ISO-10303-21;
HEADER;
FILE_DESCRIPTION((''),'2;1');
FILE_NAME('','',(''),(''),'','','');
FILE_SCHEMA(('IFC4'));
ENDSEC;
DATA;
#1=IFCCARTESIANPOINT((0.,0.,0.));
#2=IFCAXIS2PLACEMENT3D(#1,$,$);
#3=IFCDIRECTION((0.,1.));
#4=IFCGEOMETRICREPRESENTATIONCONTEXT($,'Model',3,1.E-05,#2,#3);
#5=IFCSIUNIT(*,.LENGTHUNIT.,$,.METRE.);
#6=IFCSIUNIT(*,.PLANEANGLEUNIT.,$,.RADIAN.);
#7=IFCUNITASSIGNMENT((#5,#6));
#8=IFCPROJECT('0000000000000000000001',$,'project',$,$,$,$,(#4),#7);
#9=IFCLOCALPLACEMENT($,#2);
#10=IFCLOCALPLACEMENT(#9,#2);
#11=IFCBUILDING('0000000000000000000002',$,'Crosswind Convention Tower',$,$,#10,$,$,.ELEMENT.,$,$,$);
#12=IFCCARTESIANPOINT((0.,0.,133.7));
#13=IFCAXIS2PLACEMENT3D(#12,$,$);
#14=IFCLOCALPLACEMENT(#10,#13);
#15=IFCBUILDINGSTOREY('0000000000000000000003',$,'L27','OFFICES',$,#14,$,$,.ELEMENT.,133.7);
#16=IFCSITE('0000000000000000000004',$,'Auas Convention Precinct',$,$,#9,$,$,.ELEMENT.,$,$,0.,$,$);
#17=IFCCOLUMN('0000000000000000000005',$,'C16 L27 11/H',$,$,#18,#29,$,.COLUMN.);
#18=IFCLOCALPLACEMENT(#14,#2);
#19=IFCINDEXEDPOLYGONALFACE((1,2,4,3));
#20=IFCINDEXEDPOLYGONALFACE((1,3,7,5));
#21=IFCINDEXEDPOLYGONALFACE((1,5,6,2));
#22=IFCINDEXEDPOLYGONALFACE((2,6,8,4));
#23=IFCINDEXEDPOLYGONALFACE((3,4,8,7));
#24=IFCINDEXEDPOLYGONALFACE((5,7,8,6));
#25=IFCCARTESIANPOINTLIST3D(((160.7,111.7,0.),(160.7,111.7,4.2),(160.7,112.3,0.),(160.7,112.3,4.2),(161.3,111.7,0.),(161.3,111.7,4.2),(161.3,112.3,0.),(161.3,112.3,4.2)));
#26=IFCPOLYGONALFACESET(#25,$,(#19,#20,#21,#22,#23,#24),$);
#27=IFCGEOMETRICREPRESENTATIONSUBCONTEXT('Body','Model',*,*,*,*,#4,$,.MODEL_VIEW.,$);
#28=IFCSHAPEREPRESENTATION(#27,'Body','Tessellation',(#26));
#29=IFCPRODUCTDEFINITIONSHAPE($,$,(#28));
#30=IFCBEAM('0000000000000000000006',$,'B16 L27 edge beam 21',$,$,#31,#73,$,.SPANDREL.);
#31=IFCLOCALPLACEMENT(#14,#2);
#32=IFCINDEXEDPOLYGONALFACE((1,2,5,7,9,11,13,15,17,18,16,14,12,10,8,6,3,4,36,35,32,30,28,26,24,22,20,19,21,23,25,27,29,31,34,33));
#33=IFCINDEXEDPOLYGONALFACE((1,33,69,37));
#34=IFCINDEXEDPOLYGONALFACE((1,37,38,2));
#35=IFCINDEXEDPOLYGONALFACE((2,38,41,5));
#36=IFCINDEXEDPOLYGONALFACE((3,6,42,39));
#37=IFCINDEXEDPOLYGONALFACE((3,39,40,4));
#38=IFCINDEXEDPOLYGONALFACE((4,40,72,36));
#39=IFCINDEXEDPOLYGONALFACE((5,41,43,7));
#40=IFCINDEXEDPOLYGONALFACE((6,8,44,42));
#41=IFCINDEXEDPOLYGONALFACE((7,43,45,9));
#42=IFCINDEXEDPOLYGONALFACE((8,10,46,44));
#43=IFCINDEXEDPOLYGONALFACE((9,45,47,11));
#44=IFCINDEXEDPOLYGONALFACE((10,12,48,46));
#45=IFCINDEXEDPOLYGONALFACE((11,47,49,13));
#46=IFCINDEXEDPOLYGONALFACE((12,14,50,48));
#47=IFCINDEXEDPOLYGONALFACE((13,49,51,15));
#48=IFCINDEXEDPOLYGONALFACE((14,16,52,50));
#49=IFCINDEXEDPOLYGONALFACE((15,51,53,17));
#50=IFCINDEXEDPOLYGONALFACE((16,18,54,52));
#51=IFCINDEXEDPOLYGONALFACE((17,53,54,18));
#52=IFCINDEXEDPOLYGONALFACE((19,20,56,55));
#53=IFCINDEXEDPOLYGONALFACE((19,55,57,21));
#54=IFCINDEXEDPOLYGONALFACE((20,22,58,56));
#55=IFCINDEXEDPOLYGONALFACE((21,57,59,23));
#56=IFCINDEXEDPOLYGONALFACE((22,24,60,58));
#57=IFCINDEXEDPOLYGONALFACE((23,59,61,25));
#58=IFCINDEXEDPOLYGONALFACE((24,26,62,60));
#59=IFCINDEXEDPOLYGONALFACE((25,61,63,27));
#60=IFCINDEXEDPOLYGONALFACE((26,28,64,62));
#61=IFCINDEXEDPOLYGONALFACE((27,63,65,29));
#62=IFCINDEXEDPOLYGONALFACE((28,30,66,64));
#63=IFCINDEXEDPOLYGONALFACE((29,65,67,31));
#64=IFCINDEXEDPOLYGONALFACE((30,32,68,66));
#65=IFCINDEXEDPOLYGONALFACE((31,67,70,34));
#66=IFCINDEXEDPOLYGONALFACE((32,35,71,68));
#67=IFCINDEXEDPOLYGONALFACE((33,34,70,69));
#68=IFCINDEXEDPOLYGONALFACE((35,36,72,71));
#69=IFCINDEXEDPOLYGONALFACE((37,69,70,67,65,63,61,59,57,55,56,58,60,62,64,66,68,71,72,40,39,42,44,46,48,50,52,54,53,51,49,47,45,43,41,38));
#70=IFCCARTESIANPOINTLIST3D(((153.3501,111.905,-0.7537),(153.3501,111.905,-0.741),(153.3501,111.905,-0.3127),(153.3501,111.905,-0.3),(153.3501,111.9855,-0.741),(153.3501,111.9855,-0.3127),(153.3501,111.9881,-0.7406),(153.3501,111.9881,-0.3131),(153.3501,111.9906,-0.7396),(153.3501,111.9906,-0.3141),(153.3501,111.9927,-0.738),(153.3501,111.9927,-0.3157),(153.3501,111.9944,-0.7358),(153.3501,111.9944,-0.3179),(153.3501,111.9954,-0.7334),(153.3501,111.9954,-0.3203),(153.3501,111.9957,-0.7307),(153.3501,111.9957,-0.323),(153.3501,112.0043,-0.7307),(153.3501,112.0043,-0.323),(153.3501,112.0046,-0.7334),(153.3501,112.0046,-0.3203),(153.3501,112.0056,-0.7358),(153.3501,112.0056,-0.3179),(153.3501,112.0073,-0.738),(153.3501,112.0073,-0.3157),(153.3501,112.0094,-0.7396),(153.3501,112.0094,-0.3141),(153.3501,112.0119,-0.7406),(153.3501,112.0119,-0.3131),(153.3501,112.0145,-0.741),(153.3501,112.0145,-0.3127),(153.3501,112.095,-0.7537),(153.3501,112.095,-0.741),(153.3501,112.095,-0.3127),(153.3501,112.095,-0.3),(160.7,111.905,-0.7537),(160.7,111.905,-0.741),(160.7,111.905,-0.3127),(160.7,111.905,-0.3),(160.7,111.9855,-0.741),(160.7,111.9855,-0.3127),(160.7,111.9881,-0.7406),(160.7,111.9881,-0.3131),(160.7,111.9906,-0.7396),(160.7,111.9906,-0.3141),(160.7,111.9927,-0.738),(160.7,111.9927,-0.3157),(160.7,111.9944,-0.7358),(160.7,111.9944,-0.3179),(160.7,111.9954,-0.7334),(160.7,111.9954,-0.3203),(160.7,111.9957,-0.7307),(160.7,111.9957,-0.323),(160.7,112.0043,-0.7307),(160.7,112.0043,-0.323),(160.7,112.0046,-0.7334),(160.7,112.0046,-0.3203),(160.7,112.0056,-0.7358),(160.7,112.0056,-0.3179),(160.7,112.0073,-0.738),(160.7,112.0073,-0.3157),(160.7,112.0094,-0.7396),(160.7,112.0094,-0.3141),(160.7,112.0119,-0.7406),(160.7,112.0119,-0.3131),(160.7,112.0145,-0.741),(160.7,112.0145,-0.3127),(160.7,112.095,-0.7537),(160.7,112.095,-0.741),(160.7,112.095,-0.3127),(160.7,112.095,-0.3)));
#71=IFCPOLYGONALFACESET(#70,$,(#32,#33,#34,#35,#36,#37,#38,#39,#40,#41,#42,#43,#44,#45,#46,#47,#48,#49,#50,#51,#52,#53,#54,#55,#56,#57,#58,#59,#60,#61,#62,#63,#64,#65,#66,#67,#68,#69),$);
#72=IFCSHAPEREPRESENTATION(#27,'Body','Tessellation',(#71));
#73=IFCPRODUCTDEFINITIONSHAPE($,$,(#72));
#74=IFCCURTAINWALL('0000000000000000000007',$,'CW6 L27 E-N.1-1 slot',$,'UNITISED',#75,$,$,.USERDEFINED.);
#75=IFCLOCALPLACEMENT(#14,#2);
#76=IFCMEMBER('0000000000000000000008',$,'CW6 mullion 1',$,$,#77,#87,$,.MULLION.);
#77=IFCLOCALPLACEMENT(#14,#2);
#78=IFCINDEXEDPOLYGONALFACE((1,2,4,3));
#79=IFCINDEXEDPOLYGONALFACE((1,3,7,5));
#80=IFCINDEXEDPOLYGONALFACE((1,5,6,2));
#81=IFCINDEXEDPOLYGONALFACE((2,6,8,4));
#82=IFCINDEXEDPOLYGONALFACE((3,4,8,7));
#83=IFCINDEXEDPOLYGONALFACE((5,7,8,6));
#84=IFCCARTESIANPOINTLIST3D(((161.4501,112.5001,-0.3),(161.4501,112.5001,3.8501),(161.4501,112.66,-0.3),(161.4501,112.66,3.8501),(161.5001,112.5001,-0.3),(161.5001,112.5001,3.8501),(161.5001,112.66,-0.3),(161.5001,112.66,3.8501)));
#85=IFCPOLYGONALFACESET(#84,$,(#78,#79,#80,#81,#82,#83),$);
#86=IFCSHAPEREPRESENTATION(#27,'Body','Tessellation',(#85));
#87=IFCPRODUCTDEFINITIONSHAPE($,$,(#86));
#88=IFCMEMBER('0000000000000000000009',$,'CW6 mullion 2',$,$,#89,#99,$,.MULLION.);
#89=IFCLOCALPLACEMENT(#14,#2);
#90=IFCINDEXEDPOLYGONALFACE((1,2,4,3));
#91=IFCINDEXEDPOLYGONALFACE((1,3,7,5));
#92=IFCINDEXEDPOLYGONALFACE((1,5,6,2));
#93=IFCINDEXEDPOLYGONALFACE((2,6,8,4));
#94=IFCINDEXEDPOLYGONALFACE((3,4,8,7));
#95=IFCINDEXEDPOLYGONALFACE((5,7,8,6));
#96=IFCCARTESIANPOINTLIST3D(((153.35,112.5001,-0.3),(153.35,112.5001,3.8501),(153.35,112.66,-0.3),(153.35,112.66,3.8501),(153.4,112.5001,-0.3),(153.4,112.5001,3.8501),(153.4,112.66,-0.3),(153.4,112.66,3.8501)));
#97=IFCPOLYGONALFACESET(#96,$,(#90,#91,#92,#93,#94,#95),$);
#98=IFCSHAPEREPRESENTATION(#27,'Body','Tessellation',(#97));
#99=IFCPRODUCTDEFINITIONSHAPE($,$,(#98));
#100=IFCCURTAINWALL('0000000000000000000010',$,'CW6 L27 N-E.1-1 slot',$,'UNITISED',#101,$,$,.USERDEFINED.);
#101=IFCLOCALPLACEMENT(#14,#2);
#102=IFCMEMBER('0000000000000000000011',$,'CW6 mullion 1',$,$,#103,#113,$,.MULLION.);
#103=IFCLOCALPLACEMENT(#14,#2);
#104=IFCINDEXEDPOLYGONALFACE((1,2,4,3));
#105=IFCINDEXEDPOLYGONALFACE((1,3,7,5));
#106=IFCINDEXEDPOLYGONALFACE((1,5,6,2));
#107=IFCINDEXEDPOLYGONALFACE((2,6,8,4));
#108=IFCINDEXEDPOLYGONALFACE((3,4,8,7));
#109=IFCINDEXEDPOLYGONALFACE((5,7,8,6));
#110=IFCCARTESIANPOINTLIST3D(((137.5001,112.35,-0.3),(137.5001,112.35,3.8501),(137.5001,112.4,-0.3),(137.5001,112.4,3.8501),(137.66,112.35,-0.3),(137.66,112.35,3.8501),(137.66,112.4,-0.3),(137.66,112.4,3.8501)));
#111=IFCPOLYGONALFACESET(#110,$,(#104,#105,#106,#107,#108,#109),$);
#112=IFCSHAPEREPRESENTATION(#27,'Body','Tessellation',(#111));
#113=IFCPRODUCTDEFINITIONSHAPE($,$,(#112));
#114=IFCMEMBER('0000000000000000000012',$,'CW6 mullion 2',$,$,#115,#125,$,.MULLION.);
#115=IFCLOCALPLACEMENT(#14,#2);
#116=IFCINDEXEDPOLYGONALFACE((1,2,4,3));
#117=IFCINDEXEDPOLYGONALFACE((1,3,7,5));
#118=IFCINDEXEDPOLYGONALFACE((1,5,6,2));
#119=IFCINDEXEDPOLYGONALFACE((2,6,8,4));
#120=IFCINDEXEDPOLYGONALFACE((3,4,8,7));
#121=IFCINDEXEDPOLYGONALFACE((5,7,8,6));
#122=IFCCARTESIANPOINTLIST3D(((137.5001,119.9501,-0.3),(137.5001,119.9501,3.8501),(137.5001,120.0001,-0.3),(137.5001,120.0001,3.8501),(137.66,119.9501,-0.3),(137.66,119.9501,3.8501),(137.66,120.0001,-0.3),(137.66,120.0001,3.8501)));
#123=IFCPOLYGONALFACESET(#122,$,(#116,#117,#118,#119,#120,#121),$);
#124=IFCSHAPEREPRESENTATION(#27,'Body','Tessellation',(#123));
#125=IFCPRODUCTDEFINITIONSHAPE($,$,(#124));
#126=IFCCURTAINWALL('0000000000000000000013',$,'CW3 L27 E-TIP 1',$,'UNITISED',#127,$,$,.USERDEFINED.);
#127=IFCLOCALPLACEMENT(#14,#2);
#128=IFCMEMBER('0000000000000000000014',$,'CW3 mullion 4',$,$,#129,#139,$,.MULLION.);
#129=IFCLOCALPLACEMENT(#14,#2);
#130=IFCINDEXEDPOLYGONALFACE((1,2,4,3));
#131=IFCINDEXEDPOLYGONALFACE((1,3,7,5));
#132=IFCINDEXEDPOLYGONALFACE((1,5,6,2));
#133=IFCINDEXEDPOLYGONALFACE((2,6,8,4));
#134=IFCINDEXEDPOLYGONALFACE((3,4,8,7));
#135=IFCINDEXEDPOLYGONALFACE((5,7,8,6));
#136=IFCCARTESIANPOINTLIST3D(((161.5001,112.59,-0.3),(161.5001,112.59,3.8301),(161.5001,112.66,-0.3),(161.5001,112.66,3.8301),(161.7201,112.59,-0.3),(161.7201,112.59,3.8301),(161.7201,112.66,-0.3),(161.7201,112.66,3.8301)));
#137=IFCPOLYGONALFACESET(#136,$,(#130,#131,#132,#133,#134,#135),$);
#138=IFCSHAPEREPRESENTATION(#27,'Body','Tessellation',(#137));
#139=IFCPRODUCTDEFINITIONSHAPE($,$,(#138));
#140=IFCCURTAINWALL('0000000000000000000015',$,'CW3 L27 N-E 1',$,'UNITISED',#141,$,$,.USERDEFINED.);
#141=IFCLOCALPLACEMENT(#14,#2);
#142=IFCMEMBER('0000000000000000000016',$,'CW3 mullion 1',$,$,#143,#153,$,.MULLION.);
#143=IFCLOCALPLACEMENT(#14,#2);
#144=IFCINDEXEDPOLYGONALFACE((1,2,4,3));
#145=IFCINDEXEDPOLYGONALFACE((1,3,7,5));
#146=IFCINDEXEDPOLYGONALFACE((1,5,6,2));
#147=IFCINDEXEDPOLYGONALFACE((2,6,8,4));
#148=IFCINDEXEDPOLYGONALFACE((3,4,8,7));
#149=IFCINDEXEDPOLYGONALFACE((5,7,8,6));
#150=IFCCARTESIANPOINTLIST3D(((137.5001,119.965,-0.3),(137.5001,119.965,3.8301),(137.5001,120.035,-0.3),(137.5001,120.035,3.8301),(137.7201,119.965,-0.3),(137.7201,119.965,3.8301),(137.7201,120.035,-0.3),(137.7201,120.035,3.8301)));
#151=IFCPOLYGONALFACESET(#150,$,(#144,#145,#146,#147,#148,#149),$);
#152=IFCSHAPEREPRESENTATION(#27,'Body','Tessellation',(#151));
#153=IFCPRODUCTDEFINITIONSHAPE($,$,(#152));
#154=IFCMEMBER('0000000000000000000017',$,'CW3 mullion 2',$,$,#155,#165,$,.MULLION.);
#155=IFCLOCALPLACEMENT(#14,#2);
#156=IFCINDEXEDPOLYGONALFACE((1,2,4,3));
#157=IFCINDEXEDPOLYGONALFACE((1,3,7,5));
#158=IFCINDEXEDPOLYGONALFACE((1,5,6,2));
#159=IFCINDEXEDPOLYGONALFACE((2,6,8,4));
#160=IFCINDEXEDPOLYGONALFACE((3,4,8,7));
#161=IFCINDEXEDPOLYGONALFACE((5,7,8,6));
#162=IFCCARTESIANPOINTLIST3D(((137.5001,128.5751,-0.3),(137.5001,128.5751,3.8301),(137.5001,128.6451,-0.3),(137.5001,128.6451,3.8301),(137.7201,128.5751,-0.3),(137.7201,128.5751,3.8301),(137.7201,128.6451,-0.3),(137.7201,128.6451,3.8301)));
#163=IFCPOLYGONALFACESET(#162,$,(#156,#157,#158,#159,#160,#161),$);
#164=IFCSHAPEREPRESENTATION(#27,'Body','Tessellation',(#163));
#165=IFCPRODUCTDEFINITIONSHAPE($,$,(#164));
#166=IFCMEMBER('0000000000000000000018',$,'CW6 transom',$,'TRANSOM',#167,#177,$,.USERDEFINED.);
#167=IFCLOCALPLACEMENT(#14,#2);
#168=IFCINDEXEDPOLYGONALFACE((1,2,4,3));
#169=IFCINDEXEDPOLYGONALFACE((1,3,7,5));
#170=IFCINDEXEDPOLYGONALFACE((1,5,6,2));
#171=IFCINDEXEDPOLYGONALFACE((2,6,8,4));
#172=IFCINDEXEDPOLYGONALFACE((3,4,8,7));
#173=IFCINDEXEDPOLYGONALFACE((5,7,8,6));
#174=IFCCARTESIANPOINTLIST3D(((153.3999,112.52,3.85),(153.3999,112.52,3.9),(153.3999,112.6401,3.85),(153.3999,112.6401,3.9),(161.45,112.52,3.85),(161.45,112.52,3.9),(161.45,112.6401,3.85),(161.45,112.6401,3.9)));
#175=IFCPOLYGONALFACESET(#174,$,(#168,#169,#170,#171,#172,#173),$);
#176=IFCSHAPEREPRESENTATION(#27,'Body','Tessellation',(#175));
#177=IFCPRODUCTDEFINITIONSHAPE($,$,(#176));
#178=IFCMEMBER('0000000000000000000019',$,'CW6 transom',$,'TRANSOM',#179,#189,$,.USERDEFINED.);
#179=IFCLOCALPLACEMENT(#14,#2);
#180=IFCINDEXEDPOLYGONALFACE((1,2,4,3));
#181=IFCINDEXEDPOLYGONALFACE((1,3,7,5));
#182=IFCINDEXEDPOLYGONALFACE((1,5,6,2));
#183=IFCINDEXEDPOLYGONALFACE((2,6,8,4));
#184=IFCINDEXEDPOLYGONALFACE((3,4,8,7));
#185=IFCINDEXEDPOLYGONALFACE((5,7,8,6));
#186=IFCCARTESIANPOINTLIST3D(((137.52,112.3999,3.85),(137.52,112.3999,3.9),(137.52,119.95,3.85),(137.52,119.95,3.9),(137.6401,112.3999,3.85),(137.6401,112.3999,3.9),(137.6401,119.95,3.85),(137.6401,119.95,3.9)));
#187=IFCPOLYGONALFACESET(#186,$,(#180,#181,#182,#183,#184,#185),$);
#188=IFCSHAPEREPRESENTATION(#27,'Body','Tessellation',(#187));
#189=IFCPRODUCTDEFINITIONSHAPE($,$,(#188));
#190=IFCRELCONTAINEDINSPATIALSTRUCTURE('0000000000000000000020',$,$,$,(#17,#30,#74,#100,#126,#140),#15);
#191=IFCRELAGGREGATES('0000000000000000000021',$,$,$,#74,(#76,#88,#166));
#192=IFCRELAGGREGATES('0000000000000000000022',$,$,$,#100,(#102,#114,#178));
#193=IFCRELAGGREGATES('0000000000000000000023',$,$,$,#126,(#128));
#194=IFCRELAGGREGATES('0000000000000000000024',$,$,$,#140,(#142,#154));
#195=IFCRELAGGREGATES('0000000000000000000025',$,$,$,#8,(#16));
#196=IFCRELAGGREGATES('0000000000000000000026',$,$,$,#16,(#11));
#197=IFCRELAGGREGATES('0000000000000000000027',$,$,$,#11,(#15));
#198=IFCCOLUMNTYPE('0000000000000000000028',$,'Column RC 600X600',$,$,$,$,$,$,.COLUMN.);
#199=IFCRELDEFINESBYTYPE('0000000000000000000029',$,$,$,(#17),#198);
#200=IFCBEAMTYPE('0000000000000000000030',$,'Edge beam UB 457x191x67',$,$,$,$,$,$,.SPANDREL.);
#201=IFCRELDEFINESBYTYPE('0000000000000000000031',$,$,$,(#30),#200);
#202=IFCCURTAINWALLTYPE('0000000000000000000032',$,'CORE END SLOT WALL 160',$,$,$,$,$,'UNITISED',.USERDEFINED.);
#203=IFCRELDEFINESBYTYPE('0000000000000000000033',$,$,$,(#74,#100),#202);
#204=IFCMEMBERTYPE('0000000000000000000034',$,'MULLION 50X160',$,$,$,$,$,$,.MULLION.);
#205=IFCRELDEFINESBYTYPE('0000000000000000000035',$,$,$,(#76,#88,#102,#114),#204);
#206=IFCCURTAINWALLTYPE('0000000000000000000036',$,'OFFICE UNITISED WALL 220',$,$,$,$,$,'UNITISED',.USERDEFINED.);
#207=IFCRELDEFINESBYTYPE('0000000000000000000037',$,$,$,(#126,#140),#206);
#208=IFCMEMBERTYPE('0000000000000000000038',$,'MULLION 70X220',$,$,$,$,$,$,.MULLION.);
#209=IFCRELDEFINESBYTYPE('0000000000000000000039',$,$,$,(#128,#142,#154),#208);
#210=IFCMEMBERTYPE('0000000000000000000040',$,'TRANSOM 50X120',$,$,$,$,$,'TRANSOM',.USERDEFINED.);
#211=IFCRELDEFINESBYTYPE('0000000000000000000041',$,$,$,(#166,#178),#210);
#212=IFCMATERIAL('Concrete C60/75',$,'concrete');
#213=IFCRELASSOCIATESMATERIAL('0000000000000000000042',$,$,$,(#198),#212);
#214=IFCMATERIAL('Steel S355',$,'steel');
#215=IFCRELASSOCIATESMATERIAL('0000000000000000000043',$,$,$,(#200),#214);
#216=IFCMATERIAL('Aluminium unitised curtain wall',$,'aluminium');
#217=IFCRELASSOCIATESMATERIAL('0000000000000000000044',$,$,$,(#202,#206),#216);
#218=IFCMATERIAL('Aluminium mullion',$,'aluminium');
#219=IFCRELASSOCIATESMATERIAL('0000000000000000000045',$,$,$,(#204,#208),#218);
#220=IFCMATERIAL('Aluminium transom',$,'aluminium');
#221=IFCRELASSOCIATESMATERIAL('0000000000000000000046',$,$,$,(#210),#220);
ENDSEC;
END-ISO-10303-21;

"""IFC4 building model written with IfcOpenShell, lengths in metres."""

from ifc_helpers import new_model, si_unit, direction, frame, origin, origin_2d, place, context, subcontext, project, spatial, rectangle, i_section, extrude, material, material_profile, profile_set, type_object, element, aggregate, save


model = new_model("IFC4")

# Units and contexts
model_context = context("Model", 3, precision=1e-05, world=origin(), true_north=direction((0.0, 1.0)))
body_context = subcontext(model_context, "Body", "Model", "MODEL_VIEW")
ifc_project = project(units=[si_unit("LENGTHUNIT", "METRE"), si_unit("PLANEANGLEUNIT", "RADIAN")], contexts=[model_context])

# Site, building, storey
site_placement = place(None, origin())
site = spatial("IfcSite", under=ifc_project, at=site_placement, Name="Auas Convention Precinct", CompositionType="ELEMENT", RefElevation=0.0)
building_placement = place(site_placement, origin())
building = spatial("IfcBuilding", under=site, at=building_placement, Name="Crosswind Convention Tower", CompositionType="ELEMENT")
storey_placement = place(building_placement, frame((0.0, 0.0, 133.7)))
storey = spatial("IfcBuildingStorey", under=building, at=storey_placement, Name="L27", Description="OFFICES", CompositionType="ELEMENT", Elevation=133.7)

# Column
ifc_material_1 = material(Name="Concrete C60/75", Category="concrete")
ifc_material_profile_1 = material_profile(ifc_material_1, rectangle(XDim=0.6001, YDim=0.6001, at=origin_2d()), Name="RC 600X600")
ifc_profile_set_1 = profile_set([ifc_material_profile_1], Name="Concrete C60/75")
column_type = type_object("IfcColumnType", Name="Column RC 600X600", PredefinedType="COLUMN", material=ifc_profile_set_1)
column_placement = place(storey_placement, frame((161.0, 112.0, 0.0), z_axis=(0.0, 0.0, 1.0), x_axis=(1.0, 0.0, 0.0)))
element("IfcColumn", 1, at=column_placement, inside=storey, type_object=column_type, Name="C16 L27 11/H", PredefinedType="COLUMN", context=body_context, shape_type="SweptSolid", body=[
    extrude(rectangle(XDim=0.6001, YDim=0.6001, at=origin_2d()), origin(), (0.0, 0.0, 1.0), 4.2),
])

# Beam
ifc_material_2 = material(Name="Steel S355", Category="steel")
ifc_material_profile_2 = material_profile(ifc_material_2, i_section(OverallWidth=0.1899, OverallDepth=0.4536, WebThickness=0.0085, FlangeThickness=0.0127, FilletRadius=0.0103, at=origin_2d()), Name="UB 457x191x67")
ifc_profile_set_2 = profile_set([ifc_material_profile_2], Name="Steel S355")
beam_type = type_object("IfcBeamType", Name="Edge beam UB 457x191x67", PredefinedType="SPANDREL", material=ifc_profile_set_2)
beam_placement = place(storey_placement, frame((153.3501, 112.0, -0.5269), z_axis=(1.0, 0.0, 0.0), x_axis=(0.0, 1.0, 0.0)))
element("IfcBeam", 2, at=beam_placement, inside=storey, type_object=beam_type, Name="B16 L27 edge beam 21", PredefinedType="SPANDREL", context=body_context, shape_type="SweptSolid", body=[
    extrude(i_section(OverallWidth=0.1899, OverallDepth=0.4536, WebThickness=0.0085, FlangeThickness=0.0127, FilletRadius=0.0103, at=origin_2d()), origin(), (0.0, 0.0, 1.0), 7.3499),
])

# Curtain walls, members
ifc_material_3 = material(Name="Aluminium unitised curtain wall", Category="aluminium")
curtain_wall_type_1 = type_object("IfcCurtainWallType", Name="CORE END SLOT WALL 160", ElementType="UNITISED", PredefinedType="USERDEFINED", material=ifc_material_3)
curtain_wall_1_placement = place(storey_placement, origin())
curtain_wall_1 = element("IfcCurtainWall", 3, at=curtain_wall_1_placement, inside=storey, type_object=curtain_wall_type_1, Name="CW6 L27 E-N.1-1 slot", ObjectType="UNITISED", PredefinedType="USERDEFINED")
ifc_material_4 = material(Name="Aluminium mullion", Category="aluminium")
ifc_material_profile_3 = material_profile(ifc_material_4, rectangle(XDim=0.1599, YDim=0.05, at=origin_2d()), Name="AL 160X50")
ifc_profile_set_3 = profile_set([ifc_material_profile_3], Name="Aluminium mullion")
member_type_1 = type_object("IfcMemberType", Name="MULLION 50X160", PredefinedType="MULLION", material=ifc_profile_set_3)
member_1_placement = place(storey_placement, frame((161.4751, 112.5801, -0.3), z_axis=(0.0, 0.0, 1.0), x_axis=(0.0, 1.0, 0.0)))
member_1 = element("IfcMember", 4, at=member_1_placement, type_object=member_type_1, Name="CW6 mullion 1", PredefinedType="MULLION", context=body_context, shape_type="SweptSolid", body=[
    extrude(rectangle(XDim=0.1599, YDim=0.05, at=origin_2d()), origin(), (0.0, 0.0, 1.0), 4.1501),
])
member_2_placement = place(storey_placement, frame((153.375, 112.5801, -0.3), z_axis=(0.0, 0.0, 1.0), x_axis=(0.0, 1.0, 0.0)))
member_2 = element("IfcMember", 5, at=member_2_placement, type_object=member_type_1, Name="CW6 mullion 2", PredefinedType="MULLION", context=body_context, shape_type="SweptSolid", body=[
    extrude(rectangle(XDim=0.1599, YDim=0.05, at=origin_2d()), origin(), (0.0, 0.0, 1.0), 4.1501),
])
curtain_wall_2_placement = place(storey_placement, origin())
curtain_wall_2 = element("IfcCurtainWall", 6, at=curtain_wall_2_placement, inside=storey, type_object=curtain_wall_type_1, Name="CW6 L27 N-E.1-1 slot", ObjectType="UNITISED", PredefinedType="USERDEFINED")
member_3_placement = place(storey_placement, frame((137.5801, 112.375, -0.3), z_axis=(0.0, 0.0, 1.0), x_axis=(1.0, 0.0, 0.0)))
member_3 = element("IfcMember", 7, at=member_3_placement, type_object=member_type_1, Name="CW6 mullion 1", PredefinedType="MULLION", context=body_context, shape_type="SweptSolid", body=[
    extrude(rectangle(XDim=0.1599, YDim=0.05, at=origin_2d()), origin(), (0.0, 0.0, 1.0), 4.1501),
])
member_4_placement = place(storey_placement, frame((137.5801, 119.9751, -0.3), z_axis=(0.0, 0.0, 1.0), x_axis=(1.0, 0.0, 0.0)))
member_4 = element("IfcMember", 8, at=member_4_placement, type_object=member_type_1, Name="CW6 mullion 2", PredefinedType="MULLION", context=body_context, shape_type="SweptSolid", body=[
    extrude(rectangle(XDim=0.1599, YDim=0.05, at=origin_2d()), origin(), (0.0, 0.0, 1.0), 4.1501),
])

# Curtain wall, member
curtain_wall_type_2 = type_object("IfcCurtainWallType", Name="OFFICE UNITISED WALL 220", ElementType="UNITISED", PredefinedType="USERDEFINED", material=ifc_material_3)
curtain_wall_3_placement = place(storey_placement, origin())
curtain_wall_3 = element("IfcCurtainWall", 9, at=curtain_wall_3_placement, inside=storey, type_object=curtain_wall_type_2, Name="CW3 L27 E-TIP 1", ObjectType="UNITISED", PredefinedType="USERDEFINED")
ifc_material_profile_4 = material_profile(ifc_material_4, rectangle(XDim=0.22, YDim=0.0701, at=origin_2d()), Name="AL 220X70")
ifc_profile_set_4 = profile_set([ifc_material_profile_4], Name="Aluminium mullion")
member_type_2 = type_object("IfcMemberType", Name="MULLION 70X220", PredefinedType="MULLION", material=ifc_profile_set_4)
member_5_placement = place(storey_placement, frame((161.6101, 112.625, -0.3), z_axis=(0.0, 0.0, 1.0), x_axis=(1.0, 0.0, 0.0)))
member_5 = element("IfcMember", 10, at=member_5_placement, type_object=member_type_2, Name="CW3 mullion 4", PredefinedType="MULLION", context=body_context, shape_type="SweptSolid", body=[
    extrude(rectangle(XDim=0.22, YDim=0.0701, at=origin_2d()), origin(), (0.0, 0.0, 1.0), 4.1301),
])

# Curtain wall, members
curtain_wall_4_placement = place(storey_placement, origin())
curtain_wall_4 = element("IfcCurtainWall", 11, at=curtain_wall_4_placement, inside=storey, type_object=curtain_wall_type_2, Name="CW3 L27 N-E 1", ObjectType="UNITISED", PredefinedType="USERDEFINED")
member_6_placement = place(storey_placement, frame((137.6101, 120.0, -0.3), z_axis=(0.0, 0.0, 1.0), x_axis=(1.0, 0.0, 0.0)))
member_6 = element("IfcMember", 12, at=member_6_placement, type_object=member_type_2, Name="CW3 mullion 1", PredefinedType="MULLION", context=body_context, shape_type="SweptSolid", body=[
    extrude(rectangle(XDim=0.22, YDim=0.0701, at=origin_2d()), origin(), (0.0, 0.0, 1.0), 4.1301),
])
member_7_placement = place(storey_placement, frame((137.6101, 128.6101, -0.3), z_axis=(0.0, 0.0, 1.0), x_axis=(1.0, 0.0, 0.0)))
member_7 = element("IfcMember", 13, at=member_7_placement, type_object=member_type_2, Name="CW3 mullion 2", PredefinedType="MULLION", context=body_context, shape_type="SweptSolid", body=[
    extrude(rectangle(XDim=0.22, YDim=0.0701, at=origin_2d()), origin(), (0.0, 0.0, 1.0), 4.1301),
])

# Members
ifc_material_5 = material(Name="Aluminium transom", Category="aluminium")
ifc_material_profile_5 = material_profile(ifc_material_5, rectangle(XDim=0.1201, YDim=0.05, at=origin_2d()), Name="AL 120X50")
ifc_profile_set_5 = profile_set([ifc_material_profile_5], Name="Aluminium transom")
member_type_3 = type_object("IfcMemberType", Name="TRANSOM 50X120", ElementType="TRANSOM", PredefinedType="USERDEFINED", material=ifc_profile_set_5)
member_8_placement = place(storey_placement, frame((161.45, 112.5801, 3.875), z_axis=(-1.0, 0.0, 0.0), x_axis=(0.0, -1.0, 0.0)))
member_8 = element("IfcMember", 14, at=member_8_placement, type_object=member_type_3, Name="CW6 transom", ObjectType="TRANSOM", PredefinedType="USERDEFINED", context=body_context, shape_type="SweptSolid", body=[
    extrude(rectangle(XDim=0.1201, YDim=0.05, at=origin_2d()), origin(), (0.0, 0.0, 1.0), 8.05),
])
member_9_placement = place(storey_placement, frame((137.5801, 112.3999, 3.875), z_axis=(0.0, 1.0, 0.0), x_axis=(-1.0, 0.0, 0.0)))
member_9 = element("IfcMember", 15, at=member_9_placement, type_object=member_type_3, Name="CW6 transom", ObjectType="TRANSOM", PredefinedType="USERDEFINED", context=body_context, shape_type="SweptSolid", body=[
    extrude(rectangle(XDim=0.1201, YDim=0.05, at=origin_2d()), origin(), (0.0, 0.0, 1.0), 7.55),
])

aggregate(curtain_wall_1, [member_1, member_2, member_8])
aggregate(curtain_wall_2, [member_3, member_4, member_9])
aggregate(curtain_wall_3, [member_5])

aggregate(curtain_wall_4, [member_6, member_7])

save(model, "model.ifc")
